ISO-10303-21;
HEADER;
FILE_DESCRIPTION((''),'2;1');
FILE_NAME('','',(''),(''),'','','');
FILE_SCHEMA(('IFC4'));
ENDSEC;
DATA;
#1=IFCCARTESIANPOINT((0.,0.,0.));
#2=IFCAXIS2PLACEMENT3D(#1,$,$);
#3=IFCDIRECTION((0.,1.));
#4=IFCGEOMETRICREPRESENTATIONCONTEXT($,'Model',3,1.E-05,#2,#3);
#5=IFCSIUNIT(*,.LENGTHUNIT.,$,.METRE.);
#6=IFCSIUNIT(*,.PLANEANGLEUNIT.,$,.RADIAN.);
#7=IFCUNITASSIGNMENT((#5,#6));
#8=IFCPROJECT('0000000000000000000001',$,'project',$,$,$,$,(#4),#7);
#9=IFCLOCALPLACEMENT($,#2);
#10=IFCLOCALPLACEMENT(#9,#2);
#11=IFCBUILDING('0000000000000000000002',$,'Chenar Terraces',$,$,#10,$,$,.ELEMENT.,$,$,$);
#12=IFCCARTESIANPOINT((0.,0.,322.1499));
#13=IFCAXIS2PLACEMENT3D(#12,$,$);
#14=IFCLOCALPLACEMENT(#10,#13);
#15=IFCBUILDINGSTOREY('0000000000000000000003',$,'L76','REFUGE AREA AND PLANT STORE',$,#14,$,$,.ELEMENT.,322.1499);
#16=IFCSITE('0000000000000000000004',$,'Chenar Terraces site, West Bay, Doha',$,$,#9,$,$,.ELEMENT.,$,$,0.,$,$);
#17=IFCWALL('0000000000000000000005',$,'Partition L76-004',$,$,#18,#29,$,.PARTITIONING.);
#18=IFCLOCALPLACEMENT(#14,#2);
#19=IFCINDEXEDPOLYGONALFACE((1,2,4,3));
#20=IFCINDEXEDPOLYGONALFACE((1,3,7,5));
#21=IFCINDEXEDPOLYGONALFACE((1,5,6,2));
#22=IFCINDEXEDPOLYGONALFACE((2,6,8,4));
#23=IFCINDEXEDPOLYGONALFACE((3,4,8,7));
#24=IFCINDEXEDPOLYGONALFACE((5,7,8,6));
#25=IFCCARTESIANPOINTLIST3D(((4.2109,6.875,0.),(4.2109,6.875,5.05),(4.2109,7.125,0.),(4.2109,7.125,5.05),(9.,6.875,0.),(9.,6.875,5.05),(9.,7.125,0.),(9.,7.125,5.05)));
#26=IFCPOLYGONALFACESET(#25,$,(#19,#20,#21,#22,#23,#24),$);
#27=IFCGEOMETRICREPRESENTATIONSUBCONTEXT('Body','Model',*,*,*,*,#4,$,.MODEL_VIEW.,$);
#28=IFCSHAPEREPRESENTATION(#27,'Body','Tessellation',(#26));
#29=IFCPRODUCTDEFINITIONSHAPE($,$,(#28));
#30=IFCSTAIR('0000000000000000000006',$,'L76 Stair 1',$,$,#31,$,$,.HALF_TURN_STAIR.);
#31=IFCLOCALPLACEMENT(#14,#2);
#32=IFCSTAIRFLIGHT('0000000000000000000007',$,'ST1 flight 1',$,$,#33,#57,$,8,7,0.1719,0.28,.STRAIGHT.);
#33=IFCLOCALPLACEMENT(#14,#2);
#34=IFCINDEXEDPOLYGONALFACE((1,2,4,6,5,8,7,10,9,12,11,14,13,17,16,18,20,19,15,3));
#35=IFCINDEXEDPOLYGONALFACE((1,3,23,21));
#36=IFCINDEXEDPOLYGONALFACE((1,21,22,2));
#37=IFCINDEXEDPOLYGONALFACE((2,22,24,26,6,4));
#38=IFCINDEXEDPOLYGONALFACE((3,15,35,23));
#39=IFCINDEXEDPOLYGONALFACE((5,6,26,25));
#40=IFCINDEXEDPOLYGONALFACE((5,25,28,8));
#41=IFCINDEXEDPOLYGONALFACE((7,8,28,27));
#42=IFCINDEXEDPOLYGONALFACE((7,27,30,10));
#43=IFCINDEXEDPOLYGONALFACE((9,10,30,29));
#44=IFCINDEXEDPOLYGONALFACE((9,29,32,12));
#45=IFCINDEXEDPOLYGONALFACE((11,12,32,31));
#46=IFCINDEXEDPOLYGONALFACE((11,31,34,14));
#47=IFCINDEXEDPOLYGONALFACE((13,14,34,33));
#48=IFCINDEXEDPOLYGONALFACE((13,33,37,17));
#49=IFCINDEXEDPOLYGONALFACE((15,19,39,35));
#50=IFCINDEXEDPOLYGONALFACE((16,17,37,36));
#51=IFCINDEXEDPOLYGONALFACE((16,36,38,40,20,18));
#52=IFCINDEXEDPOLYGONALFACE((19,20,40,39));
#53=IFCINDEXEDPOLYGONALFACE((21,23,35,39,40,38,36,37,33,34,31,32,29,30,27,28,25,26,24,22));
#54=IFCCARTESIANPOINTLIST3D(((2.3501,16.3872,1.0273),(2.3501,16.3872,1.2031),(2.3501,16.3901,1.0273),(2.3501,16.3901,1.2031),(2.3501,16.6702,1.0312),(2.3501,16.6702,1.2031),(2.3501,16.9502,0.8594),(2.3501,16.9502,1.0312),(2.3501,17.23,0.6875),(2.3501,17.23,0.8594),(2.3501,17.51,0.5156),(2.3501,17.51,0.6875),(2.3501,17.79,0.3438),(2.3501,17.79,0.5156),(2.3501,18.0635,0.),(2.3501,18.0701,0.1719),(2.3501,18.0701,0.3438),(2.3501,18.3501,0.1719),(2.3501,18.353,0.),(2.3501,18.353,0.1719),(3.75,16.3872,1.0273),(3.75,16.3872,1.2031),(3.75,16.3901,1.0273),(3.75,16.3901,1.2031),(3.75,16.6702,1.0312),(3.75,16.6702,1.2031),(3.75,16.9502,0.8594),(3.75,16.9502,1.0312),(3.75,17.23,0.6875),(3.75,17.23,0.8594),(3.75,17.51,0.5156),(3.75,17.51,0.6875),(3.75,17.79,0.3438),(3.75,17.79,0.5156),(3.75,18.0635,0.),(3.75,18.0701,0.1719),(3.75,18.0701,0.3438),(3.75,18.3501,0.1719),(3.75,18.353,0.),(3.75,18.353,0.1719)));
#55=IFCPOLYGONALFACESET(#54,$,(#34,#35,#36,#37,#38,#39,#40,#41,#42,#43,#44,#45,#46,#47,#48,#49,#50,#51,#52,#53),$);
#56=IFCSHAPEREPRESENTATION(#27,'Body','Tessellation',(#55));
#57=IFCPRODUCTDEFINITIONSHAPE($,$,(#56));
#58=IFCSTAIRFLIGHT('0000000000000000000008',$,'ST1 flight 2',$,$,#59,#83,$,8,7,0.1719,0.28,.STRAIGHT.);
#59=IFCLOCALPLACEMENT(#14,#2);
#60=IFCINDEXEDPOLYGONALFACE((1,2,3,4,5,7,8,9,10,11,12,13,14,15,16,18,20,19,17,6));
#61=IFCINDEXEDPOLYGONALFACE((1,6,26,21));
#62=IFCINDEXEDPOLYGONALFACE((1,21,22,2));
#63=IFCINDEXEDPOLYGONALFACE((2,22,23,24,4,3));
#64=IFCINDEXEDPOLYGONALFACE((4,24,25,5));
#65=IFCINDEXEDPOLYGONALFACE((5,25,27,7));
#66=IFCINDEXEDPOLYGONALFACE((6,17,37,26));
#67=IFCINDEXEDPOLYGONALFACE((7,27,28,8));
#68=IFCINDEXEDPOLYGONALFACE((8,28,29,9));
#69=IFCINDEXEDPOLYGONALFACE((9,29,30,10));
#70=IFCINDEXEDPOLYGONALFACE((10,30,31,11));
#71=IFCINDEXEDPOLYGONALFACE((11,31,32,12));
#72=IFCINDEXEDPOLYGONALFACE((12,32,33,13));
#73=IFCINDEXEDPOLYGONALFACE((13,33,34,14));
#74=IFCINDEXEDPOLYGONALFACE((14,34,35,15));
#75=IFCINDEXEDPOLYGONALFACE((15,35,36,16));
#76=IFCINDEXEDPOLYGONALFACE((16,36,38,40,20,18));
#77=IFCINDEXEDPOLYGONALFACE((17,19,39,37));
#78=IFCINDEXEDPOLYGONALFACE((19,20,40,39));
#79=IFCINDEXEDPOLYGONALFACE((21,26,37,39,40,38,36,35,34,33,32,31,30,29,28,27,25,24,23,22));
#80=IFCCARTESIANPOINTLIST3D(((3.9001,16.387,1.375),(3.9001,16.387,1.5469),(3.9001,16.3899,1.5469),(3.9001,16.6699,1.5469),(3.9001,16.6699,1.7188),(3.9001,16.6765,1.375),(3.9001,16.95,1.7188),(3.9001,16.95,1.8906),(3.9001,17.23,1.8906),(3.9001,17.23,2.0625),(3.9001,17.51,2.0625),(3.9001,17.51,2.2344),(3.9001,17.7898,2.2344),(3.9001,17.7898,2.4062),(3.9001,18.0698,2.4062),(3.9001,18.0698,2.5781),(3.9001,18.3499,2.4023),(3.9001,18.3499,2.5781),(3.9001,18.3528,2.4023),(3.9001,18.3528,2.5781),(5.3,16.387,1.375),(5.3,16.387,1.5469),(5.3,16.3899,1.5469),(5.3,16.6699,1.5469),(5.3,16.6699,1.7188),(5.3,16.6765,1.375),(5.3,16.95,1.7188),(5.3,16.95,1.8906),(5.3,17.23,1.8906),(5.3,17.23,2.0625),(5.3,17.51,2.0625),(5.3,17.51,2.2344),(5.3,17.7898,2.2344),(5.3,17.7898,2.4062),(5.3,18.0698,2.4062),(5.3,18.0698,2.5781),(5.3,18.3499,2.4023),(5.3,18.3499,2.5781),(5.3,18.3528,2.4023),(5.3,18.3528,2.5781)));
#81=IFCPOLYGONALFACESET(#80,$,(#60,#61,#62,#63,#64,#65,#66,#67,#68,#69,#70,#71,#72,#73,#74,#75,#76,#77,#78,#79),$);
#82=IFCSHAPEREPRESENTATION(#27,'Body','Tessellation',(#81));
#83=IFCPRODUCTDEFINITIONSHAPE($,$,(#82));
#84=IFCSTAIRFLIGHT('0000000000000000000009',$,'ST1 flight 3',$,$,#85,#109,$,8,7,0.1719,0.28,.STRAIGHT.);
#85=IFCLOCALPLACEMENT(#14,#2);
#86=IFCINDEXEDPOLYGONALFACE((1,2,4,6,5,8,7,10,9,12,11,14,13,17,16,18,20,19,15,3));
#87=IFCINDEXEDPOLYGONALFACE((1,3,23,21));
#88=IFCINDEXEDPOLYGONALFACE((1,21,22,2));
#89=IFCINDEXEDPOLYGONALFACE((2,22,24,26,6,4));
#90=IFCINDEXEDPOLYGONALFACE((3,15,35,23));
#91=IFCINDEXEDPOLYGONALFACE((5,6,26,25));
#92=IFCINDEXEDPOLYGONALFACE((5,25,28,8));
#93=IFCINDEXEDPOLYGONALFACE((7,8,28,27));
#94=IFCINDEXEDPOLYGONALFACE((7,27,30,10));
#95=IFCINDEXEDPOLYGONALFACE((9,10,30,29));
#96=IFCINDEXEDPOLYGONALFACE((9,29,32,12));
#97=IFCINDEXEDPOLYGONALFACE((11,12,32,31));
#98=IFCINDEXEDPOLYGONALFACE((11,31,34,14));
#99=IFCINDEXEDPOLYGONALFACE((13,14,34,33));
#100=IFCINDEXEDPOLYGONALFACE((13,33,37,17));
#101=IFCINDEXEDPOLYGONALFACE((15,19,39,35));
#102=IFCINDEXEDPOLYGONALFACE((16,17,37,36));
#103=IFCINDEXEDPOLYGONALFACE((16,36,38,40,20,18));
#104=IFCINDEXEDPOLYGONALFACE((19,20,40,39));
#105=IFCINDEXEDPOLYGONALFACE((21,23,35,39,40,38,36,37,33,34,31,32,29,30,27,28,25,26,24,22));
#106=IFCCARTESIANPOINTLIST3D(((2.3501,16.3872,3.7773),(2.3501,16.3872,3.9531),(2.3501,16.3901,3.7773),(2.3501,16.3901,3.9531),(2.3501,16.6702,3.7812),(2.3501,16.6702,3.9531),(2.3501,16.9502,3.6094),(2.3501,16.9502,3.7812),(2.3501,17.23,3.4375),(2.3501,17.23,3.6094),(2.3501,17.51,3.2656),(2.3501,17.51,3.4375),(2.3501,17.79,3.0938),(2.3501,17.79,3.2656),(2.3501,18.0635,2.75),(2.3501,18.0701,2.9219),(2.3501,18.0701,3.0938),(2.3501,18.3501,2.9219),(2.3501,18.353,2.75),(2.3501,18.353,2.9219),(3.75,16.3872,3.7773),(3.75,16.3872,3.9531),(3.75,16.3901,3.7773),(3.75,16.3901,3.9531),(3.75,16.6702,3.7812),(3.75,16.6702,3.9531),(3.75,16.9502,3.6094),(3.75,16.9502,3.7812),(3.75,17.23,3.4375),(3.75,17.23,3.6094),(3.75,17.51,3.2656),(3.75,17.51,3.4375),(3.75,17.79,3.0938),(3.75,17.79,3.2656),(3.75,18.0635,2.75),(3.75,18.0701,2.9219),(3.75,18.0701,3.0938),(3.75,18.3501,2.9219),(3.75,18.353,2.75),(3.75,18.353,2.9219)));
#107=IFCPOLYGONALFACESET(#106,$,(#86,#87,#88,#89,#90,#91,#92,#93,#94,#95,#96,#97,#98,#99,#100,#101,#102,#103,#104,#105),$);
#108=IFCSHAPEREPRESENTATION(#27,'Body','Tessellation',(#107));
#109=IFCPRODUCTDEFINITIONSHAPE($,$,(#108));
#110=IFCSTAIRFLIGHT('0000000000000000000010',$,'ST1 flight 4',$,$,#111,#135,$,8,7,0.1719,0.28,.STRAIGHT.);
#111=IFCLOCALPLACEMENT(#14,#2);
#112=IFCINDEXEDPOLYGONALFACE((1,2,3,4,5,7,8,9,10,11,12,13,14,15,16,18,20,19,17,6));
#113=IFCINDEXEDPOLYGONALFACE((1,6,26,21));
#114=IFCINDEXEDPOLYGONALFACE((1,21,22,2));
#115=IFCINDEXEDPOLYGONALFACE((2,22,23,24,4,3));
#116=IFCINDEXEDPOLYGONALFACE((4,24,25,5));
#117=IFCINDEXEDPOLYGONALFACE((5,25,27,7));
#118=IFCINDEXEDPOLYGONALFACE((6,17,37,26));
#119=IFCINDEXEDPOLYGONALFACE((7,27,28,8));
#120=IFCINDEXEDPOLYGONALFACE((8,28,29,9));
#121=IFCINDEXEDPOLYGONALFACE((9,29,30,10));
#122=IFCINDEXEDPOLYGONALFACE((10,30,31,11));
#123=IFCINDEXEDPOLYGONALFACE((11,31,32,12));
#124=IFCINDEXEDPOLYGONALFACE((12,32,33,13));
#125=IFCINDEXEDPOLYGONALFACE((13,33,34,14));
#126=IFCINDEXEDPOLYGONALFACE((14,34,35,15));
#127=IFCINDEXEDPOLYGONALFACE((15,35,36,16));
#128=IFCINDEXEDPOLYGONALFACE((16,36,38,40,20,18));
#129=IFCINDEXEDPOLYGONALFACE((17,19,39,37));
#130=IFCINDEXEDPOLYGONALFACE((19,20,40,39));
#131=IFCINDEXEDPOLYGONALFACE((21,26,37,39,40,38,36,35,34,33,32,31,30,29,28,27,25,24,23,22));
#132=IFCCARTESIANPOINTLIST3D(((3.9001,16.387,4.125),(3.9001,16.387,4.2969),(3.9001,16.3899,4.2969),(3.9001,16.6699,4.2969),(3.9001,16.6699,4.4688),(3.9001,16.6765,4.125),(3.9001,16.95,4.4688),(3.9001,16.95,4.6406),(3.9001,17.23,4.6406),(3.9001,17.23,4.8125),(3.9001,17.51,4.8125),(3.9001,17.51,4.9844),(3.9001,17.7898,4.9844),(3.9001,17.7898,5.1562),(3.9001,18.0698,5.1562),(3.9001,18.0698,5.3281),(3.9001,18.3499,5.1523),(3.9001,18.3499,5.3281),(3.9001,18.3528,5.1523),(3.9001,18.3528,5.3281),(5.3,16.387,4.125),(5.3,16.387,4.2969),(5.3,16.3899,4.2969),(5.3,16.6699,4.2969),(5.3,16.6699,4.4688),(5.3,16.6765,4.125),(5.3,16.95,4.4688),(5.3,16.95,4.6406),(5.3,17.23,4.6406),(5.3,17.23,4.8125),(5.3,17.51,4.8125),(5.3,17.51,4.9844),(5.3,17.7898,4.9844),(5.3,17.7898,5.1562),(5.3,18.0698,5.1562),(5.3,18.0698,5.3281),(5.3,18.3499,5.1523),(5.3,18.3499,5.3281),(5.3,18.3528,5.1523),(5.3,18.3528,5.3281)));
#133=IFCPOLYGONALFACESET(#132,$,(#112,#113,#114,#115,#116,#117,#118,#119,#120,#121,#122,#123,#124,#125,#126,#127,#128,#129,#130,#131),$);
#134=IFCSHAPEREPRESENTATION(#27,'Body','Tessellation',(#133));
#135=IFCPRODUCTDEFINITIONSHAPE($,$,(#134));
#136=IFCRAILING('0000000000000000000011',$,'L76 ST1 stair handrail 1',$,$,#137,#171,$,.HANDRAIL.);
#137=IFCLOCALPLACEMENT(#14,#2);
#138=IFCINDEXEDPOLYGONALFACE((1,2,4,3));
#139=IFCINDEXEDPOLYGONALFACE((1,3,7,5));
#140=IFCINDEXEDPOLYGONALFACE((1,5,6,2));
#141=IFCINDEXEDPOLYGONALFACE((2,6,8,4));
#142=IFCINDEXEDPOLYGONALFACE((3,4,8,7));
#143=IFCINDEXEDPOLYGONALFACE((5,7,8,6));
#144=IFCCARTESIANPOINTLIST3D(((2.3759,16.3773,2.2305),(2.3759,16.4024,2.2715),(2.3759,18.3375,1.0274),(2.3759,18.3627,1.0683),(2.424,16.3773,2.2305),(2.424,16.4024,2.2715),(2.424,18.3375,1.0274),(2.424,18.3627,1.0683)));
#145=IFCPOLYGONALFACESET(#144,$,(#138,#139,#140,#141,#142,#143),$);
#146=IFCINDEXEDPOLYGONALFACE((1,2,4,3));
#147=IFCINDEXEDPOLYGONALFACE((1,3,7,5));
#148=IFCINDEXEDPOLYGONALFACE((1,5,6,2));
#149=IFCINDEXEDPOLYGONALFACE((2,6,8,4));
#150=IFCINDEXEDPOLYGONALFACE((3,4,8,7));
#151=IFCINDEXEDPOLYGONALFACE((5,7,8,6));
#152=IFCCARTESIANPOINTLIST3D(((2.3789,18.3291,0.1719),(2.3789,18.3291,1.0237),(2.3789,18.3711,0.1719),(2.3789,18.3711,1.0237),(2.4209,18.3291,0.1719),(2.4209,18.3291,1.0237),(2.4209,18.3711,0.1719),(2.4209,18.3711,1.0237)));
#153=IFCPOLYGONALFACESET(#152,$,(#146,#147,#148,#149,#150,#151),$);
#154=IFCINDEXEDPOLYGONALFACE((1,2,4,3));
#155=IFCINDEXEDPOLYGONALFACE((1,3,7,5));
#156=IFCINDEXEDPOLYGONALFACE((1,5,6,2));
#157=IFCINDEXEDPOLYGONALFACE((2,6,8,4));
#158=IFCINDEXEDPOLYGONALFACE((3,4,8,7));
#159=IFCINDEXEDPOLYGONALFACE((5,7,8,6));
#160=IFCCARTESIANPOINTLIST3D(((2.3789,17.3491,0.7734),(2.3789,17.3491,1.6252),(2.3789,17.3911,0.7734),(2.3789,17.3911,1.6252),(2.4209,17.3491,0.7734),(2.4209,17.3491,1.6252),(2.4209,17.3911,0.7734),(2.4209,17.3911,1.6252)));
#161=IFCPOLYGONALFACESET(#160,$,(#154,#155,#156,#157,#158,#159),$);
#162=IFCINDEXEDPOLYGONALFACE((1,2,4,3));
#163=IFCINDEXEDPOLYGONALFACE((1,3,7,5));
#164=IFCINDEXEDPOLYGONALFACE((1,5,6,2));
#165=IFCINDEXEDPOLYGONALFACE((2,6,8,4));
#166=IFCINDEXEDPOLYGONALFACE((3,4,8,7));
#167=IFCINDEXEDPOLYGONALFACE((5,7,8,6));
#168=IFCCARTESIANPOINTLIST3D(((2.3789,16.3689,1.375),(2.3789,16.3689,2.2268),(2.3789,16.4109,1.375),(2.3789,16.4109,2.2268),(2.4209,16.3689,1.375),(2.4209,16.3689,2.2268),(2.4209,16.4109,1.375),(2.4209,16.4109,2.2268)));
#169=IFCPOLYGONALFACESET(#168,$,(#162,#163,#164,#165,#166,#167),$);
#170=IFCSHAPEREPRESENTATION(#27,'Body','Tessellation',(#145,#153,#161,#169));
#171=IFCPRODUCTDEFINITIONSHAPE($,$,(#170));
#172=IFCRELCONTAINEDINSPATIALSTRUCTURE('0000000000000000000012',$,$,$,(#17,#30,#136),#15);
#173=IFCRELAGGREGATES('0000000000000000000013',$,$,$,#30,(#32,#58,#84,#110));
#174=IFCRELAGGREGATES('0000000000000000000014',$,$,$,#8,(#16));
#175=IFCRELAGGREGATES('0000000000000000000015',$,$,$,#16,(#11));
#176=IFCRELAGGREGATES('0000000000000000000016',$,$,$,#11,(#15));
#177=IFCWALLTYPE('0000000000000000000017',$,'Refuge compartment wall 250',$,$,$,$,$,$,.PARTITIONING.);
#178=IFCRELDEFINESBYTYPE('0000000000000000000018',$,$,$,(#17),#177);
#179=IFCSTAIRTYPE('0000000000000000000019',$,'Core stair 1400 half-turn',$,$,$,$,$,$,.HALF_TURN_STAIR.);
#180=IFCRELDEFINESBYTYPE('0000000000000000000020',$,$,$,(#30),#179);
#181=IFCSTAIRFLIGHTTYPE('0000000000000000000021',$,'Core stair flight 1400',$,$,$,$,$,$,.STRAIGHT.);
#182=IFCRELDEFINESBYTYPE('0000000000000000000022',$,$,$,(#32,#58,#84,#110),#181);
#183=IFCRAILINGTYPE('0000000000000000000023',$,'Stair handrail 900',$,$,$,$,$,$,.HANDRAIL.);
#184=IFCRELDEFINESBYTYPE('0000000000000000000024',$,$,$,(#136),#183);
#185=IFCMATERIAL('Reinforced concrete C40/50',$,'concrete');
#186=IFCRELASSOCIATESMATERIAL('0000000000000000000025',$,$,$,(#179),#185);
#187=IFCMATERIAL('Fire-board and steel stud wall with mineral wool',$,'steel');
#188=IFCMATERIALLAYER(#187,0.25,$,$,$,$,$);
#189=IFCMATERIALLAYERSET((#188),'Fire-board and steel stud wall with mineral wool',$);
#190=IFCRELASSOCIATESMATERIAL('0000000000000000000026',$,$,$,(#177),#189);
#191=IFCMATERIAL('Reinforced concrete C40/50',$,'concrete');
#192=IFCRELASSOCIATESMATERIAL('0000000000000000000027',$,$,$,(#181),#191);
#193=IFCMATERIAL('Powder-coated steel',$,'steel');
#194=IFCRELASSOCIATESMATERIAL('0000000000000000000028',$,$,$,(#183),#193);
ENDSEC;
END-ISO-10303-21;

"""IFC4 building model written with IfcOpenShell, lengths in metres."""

from ifc_helpers import new_model, si_unit, direction, frame, frame_2d, origin, origin_2d, place, context, subcontext, project, spatial, polyline, rectangle, outline, extrude, material, layer, layer_set, type_object, element, aggregate, save


model = new_model("IFC4")

# Units and contexts
model_context = context("Model", 3, precision=1e-05, world=origin(), true_north=direction((0.0, 1.0)))
body_context = subcontext(model_context, "Body", "Model", "MODEL_VIEW")
ifc_project = project(units=[si_unit("LENGTHUNIT", "METRE"), si_unit("PLANEANGLEUNIT", "RADIAN")], contexts=[model_context])

# Site, building, storey
site_placement = place(None, origin())
site = spatial("IfcSite", under=ifc_project, at=site_placement, Name="Chenar Terraces site, West Bay, Doha", CompositionType="ELEMENT", RefElevation=0.0)
building_placement = place(site_placement, origin())
building = spatial("IfcBuilding", under=site, at=building_placement, Name="Chenar Terraces", CompositionType="ELEMENT")
storey_placement = place(building_placement, frame((0.0, 0.0, 322.1499)))
storey = spatial("IfcBuildingStorey", under=building, at=storey_placement, Name="L76", Description="REFUGE AREA AND PLANT STORE", CompositionType="ELEMENT", Elevation=322.1499)

# Shared definitions
ifc_material_1 = material(Name="Reinforced concrete C40/50", Category="concrete")
stair_type = type_object("IfcStairType", Name="Core stair 1400 half-turn", PredefinedType="HALF_TURN_STAIR", material=ifc_material_1)
placement = place(storey_placement, origin())

# Wall
ifc_material_2 = material(Name="Fire-board and steel stud wall with mineral wool", Category="steel")
ifc_layer_1 = layer(ifc_material_2, 0.25)
ifc_layer_set_1 = layer_set([ifc_layer_1], Name="Fire-board and steel stud wall with mineral wool")
wall_type_1 = type_object("IfcWallType", Name="Refuge compartment wall 250", PredefinedType="PARTITIONING", material=ifc_layer_set_1)
wall_1_placement = place(storey_placement, frame((4.2109, 7.0, 0.0), z_axis=(0.0, 0.0, 1.0), x_axis=(1.0, 0.0, 0.0)))
element("IfcWall", 1, at=wall_1_placement, inside=storey, type_object=wall_type_1, Name="Partition L76-004", PredefinedType="PARTITIONING", context=body_context, shape_type="SweptSolid", body=[
    extrude(rectangle(XDim=4.7891, YDim=0.25, at=frame_2d((2.3945, 0.0))), origin(), (0.0, 0.0, 1.0), 5.05),
])

# Stair, stair flights
stair_1 = element("IfcStair", 2, at=placement, inside=storey, type_object=stair_type, Name="L76 Stair 1", PredefinedType="HALF_TURN_STAIR")
ifc_material_3 = material(Name="Reinforced concrete C40/50", Category="concrete")
stair_flight_type = type_object("IfcStairFlightType", Name="Core stair flight 1400", PredefinedType="STRAIGHT", material=ifc_material_3)
stair_flight_1_placement = place(storey_placement, frame((3.05, 18.3501, 0.0), z_axis=(0.0, 0.0, 1.0), x_axis=(0.0, -1.0, 0.0)))
stair_flight_1 = element("IfcStairFlight", 3, at=stair_flight_1_placement, type_object=stair_flight_type, Name="ST1 flight 1", NumberOfRisers=8, NumberOfTreads=7, PredefinedType="STRAIGHT", RiserHeight=0.1719, TreadLength=0.28, context=body_context, shape_type="SweptSolid", body=[
    extrude(outline(polyline([(-0.0029, 0.0), (-0.0029, 0.1719), (0.0, 0.1719), (0.28, 0.1719), (0.28, 0.3438), (0.5601, 0.3438), (0.5601, 0.5156), (0.8401, 0.5156), (0.8401, 0.6875), (1.1201, 0.6875), (1.1201, 0.8594), (1.3999, 0.8594), (1.3999, 1.0312), (1.6799, 1.0312), (1.6799, 1.2031), (1.96, 1.2031), (1.9629, 1.2031), (1.9629, 1.0273), (1.96, 1.0273), (0.2866, 0.0), (-0.0029, 0.0)])), frame((0.0, 0.7, 0.0), z_axis=(0.0, -1.0, 0.0), x_axis=(1.0, 0.0, 0.0)), (0.0, 0.0, 1.0), 1.3999),
])
stair_flight_2_placement = place(storey_placement, frame((4.6001, 16.3899, 1.375), z_axis=(0.0, 0.0, 1.0), x_axis=(0.0, 1.0, 0.0)))
stair_flight_2 = element("IfcStairFlight", 4, at=stair_flight_2_placement, type_object=stair_flight_type, Name="ST1 flight 2", NumberOfRisers=8, NumberOfTreads=7, PredefinedType="STRAIGHT", RiserHeight=0.1719, TreadLength=0.28, context=body_context, shape_type="SweptSolid", body=[
    extrude(outline(polyline([(-0.0029, 0.0), (-0.0029, 0.1719), (0.0, 0.1719), (0.28, 0.1719), (0.28, 0.3438), (0.5601, 0.3438), (0.5601, 0.5156), (0.8401, 0.5156), (0.8401, 0.6875), (1.1201, 0.6875), (1.1201, 0.8594), (1.3999, 0.8594), (1.3999, 1.0312), (1.6799, 1.0312), (1.6799, 1.2031), (1.96, 1.2031), (1.9629, 1.2031), (1.9629, 1.0273), (1.96, 1.0273), (0.2866, 0.0), (-0.0029, 0.0)])), frame((0.0, 0.7, 0.0), z_axis=(0.0, -1.0, 0.0), x_axis=(1.0, 0.0, 0.0)), (0.0, 0.0, 1.0), 1.3999),
])
stair_flight_3_placement = place(storey_placement, frame((3.05, 18.3501, 2.75), z_axis=(0.0, 0.0, 1.0), x_axis=(0.0, -1.0, 0.0)))
stair_flight_3 = element("IfcStairFlight", 5, at=stair_flight_3_placement, type_object=stair_flight_type, Name="ST1 flight 3", NumberOfRisers=8, NumberOfTreads=7, PredefinedType="STRAIGHT", RiserHeight=0.1719, TreadLength=0.28, context=body_context, shape_type="SweptSolid", body=[
    extrude(outline(polyline([(-0.0029, 0.0), (-0.0029, 0.1719), (0.0, 0.1719), (0.28, 0.1719), (0.28, 0.3438), (0.5601, 0.3438), (0.5601, 0.5156), (0.8401, 0.5156), (0.8401, 0.6875), (1.1201, 0.6875), (1.1201, 0.8594), (1.3999, 0.8594), (1.3999, 1.0312), (1.6799, 1.0312), (1.6799, 1.2031), (1.96, 1.2031), (1.9629, 1.2031), (1.9629, 1.0273), (1.96, 1.0273), (0.2866, 0.0), (-0.0029, 0.0)])), frame((0.0, 0.7, 0.0), z_axis=(0.0, -1.0, 0.0), x_axis=(1.0, 0.0, 0.0)), (0.0, 0.0, 1.0), 1.3999),
])
stair_flight_4_placement = place(storey_placement, frame((4.6001, 16.3899, 4.125), z_axis=(0.0, 0.0, 1.0), x_axis=(0.0, 1.0, 0.0)))
stair_flight_4 = element("IfcStairFlight", 6, at=stair_flight_4_placement, type_object=stair_flight_type, Name="ST1 flight 4", NumberOfRisers=8, NumberOfTreads=7, PredefinedType="STRAIGHT", RiserHeight=0.1719, TreadLength=0.28, context=body_context, shape_type="SweptSolid", body=[
    extrude(outline(polyline([(-0.0029, 0.0), (-0.0029, 0.1719), (0.0, 0.1719), (0.28, 0.1719), (0.28, 0.3438), (0.5601, 0.3438), (0.5601, 0.5156), (0.8401, 0.5156), (0.8401, 0.6875), (1.1201, 0.6875), (1.1201, 0.8594), (1.3999, 0.8594), (1.3999, 1.0312), (1.6799, 1.0312), (1.6799, 1.2031), (1.96, 1.2031), (1.9629, 1.2031), (1.9629, 1.0273), (1.96, 1.0273), (0.2866, 0.0), (-0.0029, 0.0)])), frame((0.0, 0.7, 0.0), z_axis=(0.0, -1.0, 0.0), x_axis=(1.0, 0.0, 0.0)), (0.0, 0.0, 1.0), 1.3999),
])
aggregate(stair_1, [stair_flight_1, stair_flight_2, stair_flight_3, stair_flight_4])

# Railing
ifc_material_4 = material(Name="Powder-coated steel", Category="steel")
railing_type_1 = type_object("IfcRailingType", Name="Stair handrail 900", PredefinedType="HANDRAIL", material=ifc_material_4)
railing_1_placement = place(storey_placement, frame((2.3999, 18.3501, 0.1719)))
element("IfcRailing", 7, at=railing_1_placement, inside=storey, type_object=railing_type_1, Name="L76 ST1 stair handrail 1", PredefinedType="HANDRAIL", context=body_context, shape_type="SweptSolid", body=[
    extrude(rectangle(XDim=0.0481, YDim=0.0481, at=origin_2d()), frame((0.0, 0.0, 0.876), z_axis=(0.0, -0.85227, 0.523102), x_axis=(1.0, 0.0, 0.0)), (0.0, 0.0, 1.0), 2.3),
    extrude(rectangle(XDim=0.042, YDim=0.042, at=origin_2d()), origin(), (0.0, 0.0, 1.0), 0.8518),
    extrude(rectangle(XDim=0.042, YDim=0.042, at=origin_2d()), frame((0.0, -0.98, 0.6016)), (0.0, 0.0, 1.0), 0.8518),
    extrude(rectangle(XDim=0.042, YDim=0.042, at=origin_2d()), frame((0.0, -1.9602, 1.2031)), (0.0, 0.0, 1.0), 0.8518),
])

save(model, "model.ifc")
